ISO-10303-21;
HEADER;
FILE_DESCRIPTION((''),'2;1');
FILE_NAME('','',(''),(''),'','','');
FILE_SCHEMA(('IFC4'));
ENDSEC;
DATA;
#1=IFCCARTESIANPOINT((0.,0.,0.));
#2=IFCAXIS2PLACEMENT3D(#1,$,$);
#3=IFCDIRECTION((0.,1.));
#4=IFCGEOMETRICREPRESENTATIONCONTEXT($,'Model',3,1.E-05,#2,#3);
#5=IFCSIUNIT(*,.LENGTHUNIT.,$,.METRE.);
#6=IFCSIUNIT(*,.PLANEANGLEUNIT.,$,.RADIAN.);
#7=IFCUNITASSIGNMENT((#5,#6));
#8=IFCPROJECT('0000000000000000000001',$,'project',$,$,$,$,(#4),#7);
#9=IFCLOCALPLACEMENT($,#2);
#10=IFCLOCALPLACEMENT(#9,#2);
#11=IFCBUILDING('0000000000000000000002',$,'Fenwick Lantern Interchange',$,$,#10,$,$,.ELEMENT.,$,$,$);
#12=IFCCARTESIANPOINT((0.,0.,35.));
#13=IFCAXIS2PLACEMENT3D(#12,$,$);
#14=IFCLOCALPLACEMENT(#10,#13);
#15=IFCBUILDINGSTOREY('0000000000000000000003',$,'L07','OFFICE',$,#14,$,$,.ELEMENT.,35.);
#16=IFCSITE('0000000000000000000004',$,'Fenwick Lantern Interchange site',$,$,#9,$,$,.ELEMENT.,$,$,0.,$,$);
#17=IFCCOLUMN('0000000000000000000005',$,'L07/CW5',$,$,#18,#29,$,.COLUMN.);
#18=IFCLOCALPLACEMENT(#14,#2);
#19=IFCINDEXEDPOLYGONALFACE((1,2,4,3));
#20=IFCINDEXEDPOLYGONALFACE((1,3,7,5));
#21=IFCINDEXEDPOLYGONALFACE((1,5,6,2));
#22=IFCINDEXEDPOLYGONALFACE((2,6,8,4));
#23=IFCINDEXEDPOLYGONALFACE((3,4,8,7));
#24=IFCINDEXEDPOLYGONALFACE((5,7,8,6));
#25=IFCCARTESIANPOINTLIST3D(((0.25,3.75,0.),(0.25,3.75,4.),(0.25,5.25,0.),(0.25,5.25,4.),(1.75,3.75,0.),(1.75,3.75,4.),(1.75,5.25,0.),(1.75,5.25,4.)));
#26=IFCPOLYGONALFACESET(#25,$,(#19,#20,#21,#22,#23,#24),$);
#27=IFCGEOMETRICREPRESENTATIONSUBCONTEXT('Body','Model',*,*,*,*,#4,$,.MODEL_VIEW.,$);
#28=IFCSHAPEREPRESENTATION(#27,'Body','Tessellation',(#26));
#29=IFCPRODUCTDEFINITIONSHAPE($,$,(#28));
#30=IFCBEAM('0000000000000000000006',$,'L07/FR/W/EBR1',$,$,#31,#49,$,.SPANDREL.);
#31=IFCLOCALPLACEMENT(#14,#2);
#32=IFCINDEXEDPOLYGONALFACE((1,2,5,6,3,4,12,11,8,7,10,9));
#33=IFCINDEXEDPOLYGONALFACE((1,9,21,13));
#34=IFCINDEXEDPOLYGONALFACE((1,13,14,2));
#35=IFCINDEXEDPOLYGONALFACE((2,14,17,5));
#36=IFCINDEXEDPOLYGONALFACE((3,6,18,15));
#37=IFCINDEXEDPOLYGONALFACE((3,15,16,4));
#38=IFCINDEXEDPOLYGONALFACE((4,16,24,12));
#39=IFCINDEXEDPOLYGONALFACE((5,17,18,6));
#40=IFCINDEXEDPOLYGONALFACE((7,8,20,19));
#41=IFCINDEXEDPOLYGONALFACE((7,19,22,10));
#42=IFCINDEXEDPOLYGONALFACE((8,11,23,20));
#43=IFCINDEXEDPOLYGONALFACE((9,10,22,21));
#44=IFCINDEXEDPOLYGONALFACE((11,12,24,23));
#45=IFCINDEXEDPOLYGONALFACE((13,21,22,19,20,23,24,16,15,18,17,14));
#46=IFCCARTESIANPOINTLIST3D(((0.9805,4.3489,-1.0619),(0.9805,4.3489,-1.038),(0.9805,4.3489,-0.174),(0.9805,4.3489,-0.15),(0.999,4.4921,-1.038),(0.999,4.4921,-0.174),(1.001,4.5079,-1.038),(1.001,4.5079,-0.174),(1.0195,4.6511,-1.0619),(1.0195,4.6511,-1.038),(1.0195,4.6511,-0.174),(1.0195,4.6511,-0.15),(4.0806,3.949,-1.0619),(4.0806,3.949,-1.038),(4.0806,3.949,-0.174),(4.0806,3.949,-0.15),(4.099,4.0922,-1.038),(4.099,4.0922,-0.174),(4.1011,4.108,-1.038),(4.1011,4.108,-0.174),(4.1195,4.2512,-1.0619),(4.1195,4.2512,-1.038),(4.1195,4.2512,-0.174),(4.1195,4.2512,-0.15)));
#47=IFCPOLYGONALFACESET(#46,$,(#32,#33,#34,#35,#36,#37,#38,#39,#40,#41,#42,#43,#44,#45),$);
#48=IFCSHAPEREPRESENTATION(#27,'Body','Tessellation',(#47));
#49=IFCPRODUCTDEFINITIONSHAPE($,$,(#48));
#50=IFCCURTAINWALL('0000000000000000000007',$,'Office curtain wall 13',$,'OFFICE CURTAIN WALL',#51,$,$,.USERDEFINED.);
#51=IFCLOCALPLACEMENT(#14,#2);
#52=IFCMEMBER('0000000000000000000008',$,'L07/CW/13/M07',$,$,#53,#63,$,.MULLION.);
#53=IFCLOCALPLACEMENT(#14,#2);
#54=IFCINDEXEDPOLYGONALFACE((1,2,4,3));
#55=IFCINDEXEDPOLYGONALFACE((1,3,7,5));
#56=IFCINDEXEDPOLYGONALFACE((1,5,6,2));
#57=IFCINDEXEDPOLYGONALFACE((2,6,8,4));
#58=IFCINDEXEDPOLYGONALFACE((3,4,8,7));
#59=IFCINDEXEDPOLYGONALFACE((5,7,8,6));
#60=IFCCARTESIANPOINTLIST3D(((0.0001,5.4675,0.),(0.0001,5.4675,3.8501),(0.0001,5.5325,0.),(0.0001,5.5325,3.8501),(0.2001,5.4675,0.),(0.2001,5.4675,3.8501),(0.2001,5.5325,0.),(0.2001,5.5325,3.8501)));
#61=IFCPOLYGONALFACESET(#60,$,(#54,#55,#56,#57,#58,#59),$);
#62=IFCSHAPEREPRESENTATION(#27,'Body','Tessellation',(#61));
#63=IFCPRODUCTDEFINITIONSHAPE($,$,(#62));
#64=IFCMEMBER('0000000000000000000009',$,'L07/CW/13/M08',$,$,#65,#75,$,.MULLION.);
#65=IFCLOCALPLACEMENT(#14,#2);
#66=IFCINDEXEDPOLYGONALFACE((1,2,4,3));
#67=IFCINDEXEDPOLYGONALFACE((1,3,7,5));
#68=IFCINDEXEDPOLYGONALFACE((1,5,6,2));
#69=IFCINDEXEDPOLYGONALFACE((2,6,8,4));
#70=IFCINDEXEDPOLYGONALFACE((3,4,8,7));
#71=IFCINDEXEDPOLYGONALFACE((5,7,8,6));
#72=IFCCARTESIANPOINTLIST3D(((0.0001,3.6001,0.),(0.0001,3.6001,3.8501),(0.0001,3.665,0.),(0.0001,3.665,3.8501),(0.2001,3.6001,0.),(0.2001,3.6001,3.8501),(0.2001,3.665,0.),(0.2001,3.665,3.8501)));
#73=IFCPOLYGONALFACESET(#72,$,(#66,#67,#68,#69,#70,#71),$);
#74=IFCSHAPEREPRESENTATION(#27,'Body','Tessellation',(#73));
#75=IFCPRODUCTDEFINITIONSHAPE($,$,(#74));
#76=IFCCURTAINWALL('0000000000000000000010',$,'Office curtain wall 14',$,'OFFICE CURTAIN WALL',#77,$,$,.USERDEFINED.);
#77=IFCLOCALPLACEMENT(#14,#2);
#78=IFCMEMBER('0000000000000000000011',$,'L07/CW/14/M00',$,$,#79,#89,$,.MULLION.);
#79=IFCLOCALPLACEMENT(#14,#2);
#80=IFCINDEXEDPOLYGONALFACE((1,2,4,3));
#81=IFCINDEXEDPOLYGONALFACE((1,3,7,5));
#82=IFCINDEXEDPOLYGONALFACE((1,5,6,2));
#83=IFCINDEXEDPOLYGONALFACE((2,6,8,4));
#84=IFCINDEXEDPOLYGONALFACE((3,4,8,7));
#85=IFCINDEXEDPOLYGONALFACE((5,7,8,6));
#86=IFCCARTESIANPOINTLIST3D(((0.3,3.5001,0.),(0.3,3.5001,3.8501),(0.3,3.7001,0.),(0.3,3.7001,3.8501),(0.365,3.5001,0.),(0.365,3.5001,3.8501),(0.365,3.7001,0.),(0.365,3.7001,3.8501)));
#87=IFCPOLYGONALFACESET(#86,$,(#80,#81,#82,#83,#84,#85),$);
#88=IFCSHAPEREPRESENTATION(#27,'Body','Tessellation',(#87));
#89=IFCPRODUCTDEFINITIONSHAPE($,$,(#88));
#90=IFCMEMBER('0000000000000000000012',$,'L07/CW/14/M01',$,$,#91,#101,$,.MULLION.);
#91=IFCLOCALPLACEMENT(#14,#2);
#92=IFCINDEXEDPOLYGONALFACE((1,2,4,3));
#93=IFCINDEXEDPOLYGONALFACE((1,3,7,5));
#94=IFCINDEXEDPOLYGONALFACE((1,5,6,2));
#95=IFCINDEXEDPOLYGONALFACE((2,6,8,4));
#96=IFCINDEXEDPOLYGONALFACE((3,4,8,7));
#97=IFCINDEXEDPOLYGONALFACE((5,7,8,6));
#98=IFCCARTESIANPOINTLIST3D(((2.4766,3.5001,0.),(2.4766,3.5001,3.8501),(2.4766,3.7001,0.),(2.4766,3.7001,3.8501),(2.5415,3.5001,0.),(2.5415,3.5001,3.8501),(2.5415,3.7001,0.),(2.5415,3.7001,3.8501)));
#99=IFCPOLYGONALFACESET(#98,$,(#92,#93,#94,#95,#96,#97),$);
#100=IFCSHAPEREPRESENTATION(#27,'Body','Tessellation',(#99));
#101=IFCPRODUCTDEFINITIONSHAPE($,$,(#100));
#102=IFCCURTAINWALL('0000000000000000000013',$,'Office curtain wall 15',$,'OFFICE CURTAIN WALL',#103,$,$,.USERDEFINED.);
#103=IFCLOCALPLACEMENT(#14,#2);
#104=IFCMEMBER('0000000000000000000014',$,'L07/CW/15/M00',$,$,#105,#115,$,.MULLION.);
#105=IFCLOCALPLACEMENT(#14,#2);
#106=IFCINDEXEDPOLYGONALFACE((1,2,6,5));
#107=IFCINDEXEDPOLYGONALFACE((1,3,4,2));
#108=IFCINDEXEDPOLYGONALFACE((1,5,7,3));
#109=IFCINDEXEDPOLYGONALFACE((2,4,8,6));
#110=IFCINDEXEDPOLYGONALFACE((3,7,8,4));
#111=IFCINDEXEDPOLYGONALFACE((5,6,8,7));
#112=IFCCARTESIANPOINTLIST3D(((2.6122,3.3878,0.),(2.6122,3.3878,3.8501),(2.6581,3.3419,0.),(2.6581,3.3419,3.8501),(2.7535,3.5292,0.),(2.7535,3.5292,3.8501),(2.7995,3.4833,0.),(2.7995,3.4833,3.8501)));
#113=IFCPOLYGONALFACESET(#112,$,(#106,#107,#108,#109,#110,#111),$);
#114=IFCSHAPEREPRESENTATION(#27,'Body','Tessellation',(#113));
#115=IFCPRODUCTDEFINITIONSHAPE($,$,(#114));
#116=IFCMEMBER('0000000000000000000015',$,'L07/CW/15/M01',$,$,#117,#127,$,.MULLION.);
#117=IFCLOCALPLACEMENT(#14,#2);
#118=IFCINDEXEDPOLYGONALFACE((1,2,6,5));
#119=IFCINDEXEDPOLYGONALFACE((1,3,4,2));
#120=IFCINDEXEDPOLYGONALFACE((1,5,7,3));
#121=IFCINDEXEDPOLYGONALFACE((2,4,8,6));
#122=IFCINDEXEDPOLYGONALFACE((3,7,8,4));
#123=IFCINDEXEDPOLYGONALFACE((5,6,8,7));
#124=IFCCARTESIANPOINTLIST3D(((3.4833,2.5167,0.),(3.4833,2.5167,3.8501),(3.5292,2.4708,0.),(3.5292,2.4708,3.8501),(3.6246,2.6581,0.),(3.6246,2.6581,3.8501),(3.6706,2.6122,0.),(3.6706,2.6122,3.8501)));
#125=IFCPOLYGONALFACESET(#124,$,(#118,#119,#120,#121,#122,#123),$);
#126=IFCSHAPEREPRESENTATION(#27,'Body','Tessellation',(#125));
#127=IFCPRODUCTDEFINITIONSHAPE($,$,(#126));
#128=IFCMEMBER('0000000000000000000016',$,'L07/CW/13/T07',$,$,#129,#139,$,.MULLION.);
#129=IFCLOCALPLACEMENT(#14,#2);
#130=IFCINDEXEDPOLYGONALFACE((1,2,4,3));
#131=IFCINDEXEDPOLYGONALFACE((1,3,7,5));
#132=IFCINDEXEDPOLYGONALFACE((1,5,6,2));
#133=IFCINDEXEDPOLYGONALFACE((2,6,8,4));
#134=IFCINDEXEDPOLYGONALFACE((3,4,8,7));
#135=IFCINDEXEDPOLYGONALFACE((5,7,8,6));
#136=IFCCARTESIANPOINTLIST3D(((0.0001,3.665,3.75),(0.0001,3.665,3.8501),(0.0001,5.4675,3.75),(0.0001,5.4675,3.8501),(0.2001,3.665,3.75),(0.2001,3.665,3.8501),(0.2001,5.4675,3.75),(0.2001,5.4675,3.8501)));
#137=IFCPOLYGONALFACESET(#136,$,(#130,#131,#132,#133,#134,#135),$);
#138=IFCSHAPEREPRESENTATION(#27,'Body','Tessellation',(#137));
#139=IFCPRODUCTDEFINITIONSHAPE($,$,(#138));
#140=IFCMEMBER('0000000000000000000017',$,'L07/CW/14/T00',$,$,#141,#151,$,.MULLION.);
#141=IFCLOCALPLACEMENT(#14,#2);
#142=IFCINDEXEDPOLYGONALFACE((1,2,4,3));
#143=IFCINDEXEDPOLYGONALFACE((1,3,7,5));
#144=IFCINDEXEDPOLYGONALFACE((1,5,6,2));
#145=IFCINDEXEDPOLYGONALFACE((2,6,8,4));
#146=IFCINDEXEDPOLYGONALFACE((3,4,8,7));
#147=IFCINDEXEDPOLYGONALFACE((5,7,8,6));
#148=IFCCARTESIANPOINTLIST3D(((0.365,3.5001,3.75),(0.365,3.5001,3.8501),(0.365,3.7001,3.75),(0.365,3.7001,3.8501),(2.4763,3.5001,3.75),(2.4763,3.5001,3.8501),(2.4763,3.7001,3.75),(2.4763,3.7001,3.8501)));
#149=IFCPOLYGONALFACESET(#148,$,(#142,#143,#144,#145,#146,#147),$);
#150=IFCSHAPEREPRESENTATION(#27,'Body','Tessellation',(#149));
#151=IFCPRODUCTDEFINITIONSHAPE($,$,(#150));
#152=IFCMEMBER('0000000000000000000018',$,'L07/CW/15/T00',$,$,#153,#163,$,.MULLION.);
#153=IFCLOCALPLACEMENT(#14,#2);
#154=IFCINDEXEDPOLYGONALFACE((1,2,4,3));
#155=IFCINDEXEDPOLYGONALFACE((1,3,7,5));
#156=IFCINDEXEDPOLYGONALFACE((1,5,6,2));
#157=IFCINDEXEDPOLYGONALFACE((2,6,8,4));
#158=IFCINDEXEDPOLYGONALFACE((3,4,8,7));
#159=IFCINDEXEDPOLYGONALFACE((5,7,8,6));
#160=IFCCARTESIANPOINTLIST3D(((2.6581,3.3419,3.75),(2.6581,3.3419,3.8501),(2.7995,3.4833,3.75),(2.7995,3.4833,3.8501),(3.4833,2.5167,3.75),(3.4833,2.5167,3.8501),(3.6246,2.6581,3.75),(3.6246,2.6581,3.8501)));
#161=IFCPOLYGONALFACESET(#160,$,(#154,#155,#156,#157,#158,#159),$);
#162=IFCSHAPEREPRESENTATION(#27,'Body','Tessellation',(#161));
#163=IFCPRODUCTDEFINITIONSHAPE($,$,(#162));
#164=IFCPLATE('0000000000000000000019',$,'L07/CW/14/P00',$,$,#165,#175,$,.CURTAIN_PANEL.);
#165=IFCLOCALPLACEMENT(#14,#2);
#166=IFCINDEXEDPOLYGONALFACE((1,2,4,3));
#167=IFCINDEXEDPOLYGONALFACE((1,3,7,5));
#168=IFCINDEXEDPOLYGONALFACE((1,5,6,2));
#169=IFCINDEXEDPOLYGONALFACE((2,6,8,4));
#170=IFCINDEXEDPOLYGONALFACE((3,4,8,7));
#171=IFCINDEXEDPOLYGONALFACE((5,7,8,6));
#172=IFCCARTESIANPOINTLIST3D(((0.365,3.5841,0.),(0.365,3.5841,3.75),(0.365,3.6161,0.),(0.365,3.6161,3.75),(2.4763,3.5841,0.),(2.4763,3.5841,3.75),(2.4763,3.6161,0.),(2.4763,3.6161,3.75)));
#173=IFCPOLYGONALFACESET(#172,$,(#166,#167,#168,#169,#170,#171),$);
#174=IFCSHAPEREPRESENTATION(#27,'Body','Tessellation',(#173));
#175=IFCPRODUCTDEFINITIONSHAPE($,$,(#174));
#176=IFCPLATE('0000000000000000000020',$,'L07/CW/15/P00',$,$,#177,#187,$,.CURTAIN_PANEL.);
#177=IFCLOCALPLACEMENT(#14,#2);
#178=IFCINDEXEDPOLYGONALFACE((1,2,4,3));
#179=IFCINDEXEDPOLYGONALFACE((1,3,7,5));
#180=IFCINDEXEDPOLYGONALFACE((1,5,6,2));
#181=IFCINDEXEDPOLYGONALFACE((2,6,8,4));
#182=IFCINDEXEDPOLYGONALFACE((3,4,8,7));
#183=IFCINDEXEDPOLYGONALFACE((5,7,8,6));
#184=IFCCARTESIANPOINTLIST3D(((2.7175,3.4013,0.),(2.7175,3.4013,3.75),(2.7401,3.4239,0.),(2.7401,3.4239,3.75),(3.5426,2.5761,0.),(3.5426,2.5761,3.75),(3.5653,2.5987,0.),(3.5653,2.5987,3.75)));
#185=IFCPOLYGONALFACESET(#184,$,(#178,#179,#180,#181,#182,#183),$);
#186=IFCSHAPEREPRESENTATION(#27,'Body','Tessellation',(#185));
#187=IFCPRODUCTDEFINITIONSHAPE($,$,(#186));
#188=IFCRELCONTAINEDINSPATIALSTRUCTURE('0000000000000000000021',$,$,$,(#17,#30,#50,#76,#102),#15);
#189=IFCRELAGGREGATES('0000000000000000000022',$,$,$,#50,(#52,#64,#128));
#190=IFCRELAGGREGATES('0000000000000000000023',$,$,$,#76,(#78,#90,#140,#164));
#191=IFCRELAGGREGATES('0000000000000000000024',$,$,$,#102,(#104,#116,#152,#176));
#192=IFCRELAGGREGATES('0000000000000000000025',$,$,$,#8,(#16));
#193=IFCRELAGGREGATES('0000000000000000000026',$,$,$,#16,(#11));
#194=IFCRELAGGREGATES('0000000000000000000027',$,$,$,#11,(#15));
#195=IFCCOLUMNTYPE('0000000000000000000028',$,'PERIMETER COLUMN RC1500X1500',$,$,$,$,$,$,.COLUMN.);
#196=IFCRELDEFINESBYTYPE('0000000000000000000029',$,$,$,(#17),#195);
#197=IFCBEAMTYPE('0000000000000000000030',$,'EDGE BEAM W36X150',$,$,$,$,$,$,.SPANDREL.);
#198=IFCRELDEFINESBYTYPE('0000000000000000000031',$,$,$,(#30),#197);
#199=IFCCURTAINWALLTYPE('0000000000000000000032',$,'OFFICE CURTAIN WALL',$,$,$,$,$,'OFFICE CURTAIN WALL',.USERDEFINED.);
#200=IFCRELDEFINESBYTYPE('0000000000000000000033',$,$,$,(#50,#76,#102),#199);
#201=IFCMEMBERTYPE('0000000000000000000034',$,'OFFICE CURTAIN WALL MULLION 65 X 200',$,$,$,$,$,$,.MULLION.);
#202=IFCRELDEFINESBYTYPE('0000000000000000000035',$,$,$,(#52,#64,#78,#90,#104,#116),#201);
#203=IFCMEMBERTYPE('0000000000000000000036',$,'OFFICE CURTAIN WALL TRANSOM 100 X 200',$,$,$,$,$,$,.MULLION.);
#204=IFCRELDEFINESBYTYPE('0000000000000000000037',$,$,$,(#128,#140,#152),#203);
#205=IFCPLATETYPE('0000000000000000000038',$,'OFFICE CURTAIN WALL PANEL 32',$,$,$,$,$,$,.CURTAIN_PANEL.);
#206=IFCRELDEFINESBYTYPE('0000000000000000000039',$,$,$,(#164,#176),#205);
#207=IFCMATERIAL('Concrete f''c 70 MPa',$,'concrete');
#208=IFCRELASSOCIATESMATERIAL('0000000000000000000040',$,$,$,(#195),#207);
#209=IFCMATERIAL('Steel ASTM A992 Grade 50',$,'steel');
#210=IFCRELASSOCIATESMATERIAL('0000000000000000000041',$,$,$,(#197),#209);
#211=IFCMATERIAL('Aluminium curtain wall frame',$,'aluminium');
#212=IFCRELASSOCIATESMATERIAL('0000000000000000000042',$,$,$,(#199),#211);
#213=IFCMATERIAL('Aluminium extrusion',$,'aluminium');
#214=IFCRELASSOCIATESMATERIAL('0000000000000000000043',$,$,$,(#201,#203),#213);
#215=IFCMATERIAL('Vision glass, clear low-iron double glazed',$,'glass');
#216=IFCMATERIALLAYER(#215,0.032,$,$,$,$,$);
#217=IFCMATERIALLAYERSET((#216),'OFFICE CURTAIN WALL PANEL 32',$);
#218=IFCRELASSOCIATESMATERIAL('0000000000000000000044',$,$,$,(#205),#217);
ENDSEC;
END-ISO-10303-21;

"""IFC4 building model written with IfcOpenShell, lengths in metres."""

from ifc_helpers import new_model, si_unit, direction, frame, origin, origin_2d, place, context, subcontext, project, spatial, rectangle, i_section, extrude, material, layer, layer_set, material_profile, profile_set, type_object, element, aggregate, save


model = new_model("IFC4")

# Units and contexts
model_context = context("Model", 3, precision=1e-05, world=origin(), true_north=direction((0.0, 1.0)))
body_context = subcontext(model_context, "Body", "Model", "MODEL_VIEW")
ifc_project = project(units=[si_unit("LENGTHUNIT", "METRE"), si_unit("PLANEANGLEUNIT", "RADIAN")], contexts=[model_context])

# Site, building, storey
site_placement = place(None, origin())
site = spatial("IfcSite", under=ifc_project, at=site_placement, Name="Fenwick Lantern Interchange site", CompositionType="ELEMENT", RefElevation=0.0)
building_placement = place(site_placement, origin())
building = spatial("IfcBuilding", under=site, at=building_placement, Name="Fenwick Lantern Interchange", CompositionType="ELEMENT")
storey_placement = place(building_placement, frame((0.0, 0.0, 35.0)))
storey = spatial("IfcBuildingStorey", under=building, at=storey_placement, Name="L07", Description="OFFICE", CompositionType="ELEMENT", Elevation=35.0)

# Column
ifc_material_1 = material(Name="Concrete f'c 70 MPa", Category="concrete")
ifc_material_profile_1 = material_profile(ifc_material_1, rectangle(XDim=1.5, YDim=1.5, at=origin_2d()), Name="RC1500X1500")
ifc_profile_set_1 = profile_set([ifc_material_profile_1], Name="Concrete f'c 70 MPa")
column_type = type_object("IfcColumnType", Name="PERIMETER COLUMN RC1500X1500", PredefinedType="COLUMN", material=ifc_profile_set_1)
column_placement = place(storey_placement, frame((1.0, 4.5, 0.0), z_axis=(0.0, 0.0, 1.0), x_axis=(1.0, 0.0, 0.0)))
element("IfcColumn", 1, at=column_placement, inside=storey, type_object=column_type, Name="L07/CW5", PredefinedType="COLUMN", context=body_context, shape_type="SweptSolid", body=[
    extrude(rectangle(XDim=1.5, YDim=1.5, at=origin_2d()), origin(), (0.0, 0.0, 1.0), 4.0),
])

# Beam
ifc_material_2 = material(Name="Steel ASTM A992 Grade 50", Category="steel")
ifc_material_profile_2 = material_profile(ifc_material_2, i_section(OverallWidth=0.3047, OverallDepth=0.9119, WebThickness=0.0159, FlangeThickness=0.0239, at=origin_2d()), Name="W36X150")
ifc_profile_set_2 = profile_set([ifc_material_profile_2], Name="Steel ASTM A992 Grade 50")
beam_type = type_object("IfcBeamType", Name="EDGE BEAM W36X150", PredefinedType="SPANDREL", material=ifc_profile_set_2)
beam_placement = place(storey_placement, frame((1.0, 4.5, -0.606), z_axis=(0.991782, -0.127937, 0.0), x_axis=(0.127937, 0.991782, 0.0)))
element("IfcBeam", 2, at=beam_placement, inside=storey, type_object=beam_type, Name="L07/FR/W/EBR1", PredefinedType="SPANDREL", context=body_context, shape_type="SweptSolid", body=[
    extrude(i_section(OverallWidth=0.3047, OverallDepth=0.9119, WebThickness=0.0159, FlangeThickness=0.0239, at=origin_2d()), origin(), (0.0, 0.0, 1.0), 3.1257),
])

# Curtain walls, members
ifc_material_3 = material(Name="Aluminium curtain wall frame", Category="aluminium")
curtain_wall_type = type_object("IfcCurtainWallType", Name="OFFICE CURTAIN WALL", ElementType="OFFICE CURTAIN WALL", PredefinedType="USERDEFINED", material=ifc_material_3)
curtain_wall_1_placement = place(storey_placement, origin())
curtain_wall_1 = element("IfcCurtainWall", 3, at=curtain_wall_1_placement, inside=storey, type_object=curtain_wall_type, Name="Office curtain wall 13", ObjectType="OFFICE CURTAIN WALL", PredefinedType="USERDEFINED")
ifc_material_4 = material(Name="Aluminium extrusion", Category="aluminium")
ifc_material_profile_3 = material_profile(ifc_material_4, rectangle(XDim=0.2, YDim=0.0649, at=origin_2d()), Name="OFFICE CURTAIN WALL MULLION 65 X 200")
ifc_profile_set_3 = profile_set([ifc_material_profile_3], Name="Aluminium extrusion")
member_type_1 = type_object("IfcMemberType", Name="OFFICE CURTAIN WALL MULLION 65 X 200", PredefinedType="MULLION", material=ifc_profile_set_3)
member_1_placement = place(storey_placement, frame((0.1001, 5.5, 0.0), z_axis=(0.0, 0.0, 1.0), x_axis=(1.0, 0.0, 0.0)))
member_1 = element("IfcMember", 4, at=member_1_placement, type_object=member_type_1, Name="L07/CW/13/M07", PredefinedType="MULLION", context=body_context, shape_type="SweptSolid", body=[
    extrude(rectangle(XDim=0.2, YDim=0.0649, at=origin_2d()), origin(), (0.0, 0.0, 1.0), 3.8501),
])
member_2_placement = place(storey_placement, frame((0.1001, 3.6326, 0.0), z_axis=(0.0, 0.0, 1.0), x_axis=(1.0, 0.0, 0.0)))
member_2 = element("IfcMember", 5, at=member_2_placement, type_object=member_type_1, Name="L07/CW/13/M08", PredefinedType="MULLION", context=body_context, shape_type="SweptSolid", body=[
    extrude(rectangle(XDim=0.2, YDim=0.0649, at=origin_2d()), origin(), (0.0, 0.0, 1.0), 3.8501),
])
curtain_wall_2_placement = place(storey_placement, origin())
curtain_wall_2 = element("IfcCurtainWall", 6, at=curtain_wall_2_placement, inside=storey, type_object=curtain_wall_type, Name="Office curtain wall 14", ObjectType="OFFICE CURTAIN WALL", PredefinedType="USERDEFINED")
member_3_placement = place(storey_placement, frame((0.3325, 3.6001, 0.0), z_axis=(0.0, 0.0, 1.0), x_axis=(0.0, 1.0, 0.0)))
member_3 = element("IfcMember", 7, at=member_3_placement, type_object=member_type_1, Name="L07/CW/14/M00", PredefinedType="MULLION", context=body_context, shape_type="SweptSolid", body=[
    extrude(rectangle(XDim=0.2, YDim=0.0649, at=origin_2d()), origin(), (0.0, 0.0, 1.0), 3.8501),
])
member_4_placement = place(storey_placement, frame((2.509, 3.6001, 0.0), z_axis=(0.0, 0.0, 1.0), x_axis=(0.0, 1.0, 0.0)))
member_4 = element("IfcMember", 8, at=member_4_placement, type_object=member_type_1, Name="L07/CW/14/M01", PredefinedType="MULLION", context=body_context, shape_type="SweptSolid", body=[
    extrude(rectangle(XDim=0.2, YDim=0.0649, at=origin_2d()), origin(), (0.0, 0.0, 1.0), 3.8501),
])
curtain_wall_3_placement = place(storey_placement, origin())
curtain_wall_3 = element("IfcCurtainWall", 9, at=curtain_wall_3_placement, inside=storey, type_object=curtain_wall_type, Name="Office curtain wall 15", ObjectType="OFFICE CURTAIN WALL", PredefinedType="USERDEFINED")
member_5_placement = place(storey_placement, frame((2.7058, 3.4355, 0.0), z_axis=(0.0, 0.0, 1.0), x_axis=(0.707107, 0.707107, 0.0)))
member_5 = element("IfcMember", 10, at=member_5_placement, type_object=member_type_1, Name="L07/CW/15/M00", PredefinedType="MULLION", context=body_context, shape_type="SweptSolid", body=[
    extrude(rectangle(XDim=0.2, YDim=0.0649, at=origin_2d()), origin(), (0.0, 0.0, 1.0), 3.8501),
])
member_6_placement = place(storey_placement, frame((3.5769, 2.5645, 0.0), z_axis=(0.0, 0.0, 1.0), x_axis=(0.707107, 0.707107, 0.0)))
member_6 = element("IfcMember", 11, at=member_6_placement, type_object=member_type_1, Name="L07/CW/15/M01", PredefinedType="MULLION", context=body_context, shape_type="SweptSolid", body=[
    extrude(rectangle(XDim=0.2, YDim=0.0649, at=origin_2d()), origin(), (0.0, 0.0, 1.0), 3.8501),
])

# Members
ifc_material_profile_4 = material_profile(ifc_material_4, rectangle(XDim=0.2, YDim=0.1001, at=origin_2d()), Name="OFFICE CURTAIN WALL TRANSOM 100 X 200")
ifc_profile_set_4 = profile_set([ifc_material_profile_4], Name="Aluminium extrusion")
member_type_2 = type_object("IfcMemberType", Name="OFFICE CURTAIN WALL TRANSOM 100 X 200", PredefinedType="MULLION", material=ifc_profile_set_4)
member_7_placement = place(storey_placement, frame((0.1001, 5.4675, 3.8), z_axis=(0.0, -1.0, 0.0), x_axis=(1.0, 0.0, 0.0)))
member_7 = element("IfcMember", 12, at=member_7_placement, type_object=member_type_2, Name="L07/CW/13/T07", PredefinedType="MULLION", context=body_context, shape_type="SweptSolid", body=[
    extrude(rectangle(XDim=0.2, YDim=0.1001, at=origin_2d()), origin(), (0.0, 0.0, 1.0), 1.8025),
])
aggregate(curtain_wall_1, [member_1, member_2, member_7])
member_8_placement = place(storey_placement, frame((0.365, 3.6001, 3.8), z_axis=(1.0, 0.0, 0.0), x_axis=(0.0, 1.0, 0.0)))
member_8 = element("IfcMember", 13, at=member_8_placement, type_object=member_type_2, Name="L07/CW/14/T00", PredefinedType="MULLION", context=body_context, shape_type="SweptSolid", body=[
    extrude(rectangle(XDim=0.2, YDim=0.1001, at=origin_2d()), origin(), (0.0, 0.0, 1.0), 2.1113),
])
member_9_placement = place(storey_placement, frame((2.7288, 3.4126, 3.8), z_axis=(0.707107, -0.707107, 0.0), x_axis=(0.707107, 0.707107, 0.0)))
member_9 = element("IfcMember", 14, at=member_9_placement, type_object=member_type_2, Name="L07/CW/15/T00", PredefinedType="MULLION", context=body_context, shape_type="SweptSolid", body=[
    extrude(rectangle(XDim=0.2, YDim=0.1001, at=origin_2d()), origin(), (0.0, 0.0, 1.0), 1.167),
])

# Shared definitions
ifc_material_5 = material(Name="Vision glass, clear low-iron double glazed", Category="glass")
ifc_layer_1 = layer(ifc_material_5, 0.032)
ifc_layer_set_1 = layer_set([ifc_layer_1], Name="OFFICE CURTAIN WALL PANEL 32")
plate_type = type_object("IfcPlateType", Name="OFFICE CURTAIN WALL PANEL 32", PredefinedType="CURTAIN_PANEL", material=ifc_layer_set_1)

# Plates
plate_1_placement = place(storey_placement, frame((1.4207, 3.6001, 0.0), z_axis=(0.0, 0.0, 1.0), x_axis=(1.0, 0.0, 0.0)))
plate_1 = element("IfcPlate", 15, at=plate_1_placement, type_object=plate_type, Name="L07/CW/14/P00", PredefinedType="CURTAIN_PANEL", context=body_context, shape_type="SweptSolid", body=[
    extrude(rectangle(XDim=2.1113, YDim=0.032, at=origin_2d()), origin(), (0.0, 0.0, 1.0), 3.75),
])
aggregate(curtain_wall_2, [member_3, member_4, member_8, plate_1])
plate_2_placement = place(storey_placement, frame((3.1414, 3.0, 0.0), z_axis=(0.0, 0.0, 1.0), x_axis=(0.707107, -0.707107, 0.0)))
plate_2 = element("IfcPlate", 16, at=plate_2_placement, type_object=plate_type, Name="L07/CW/15/P00", PredefinedType="CURTAIN_PANEL", context=body_context, shape_type="SweptSolid", body=[
    extrude(rectangle(XDim=1.167, YDim=0.032, at=origin_2d()), origin(), (0.0, 0.0, 1.0), 3.75),
])
aggregate(curtain_wall_3, [member_5, member_6, member_9, plate_2])

save(model, "model.ifc")
